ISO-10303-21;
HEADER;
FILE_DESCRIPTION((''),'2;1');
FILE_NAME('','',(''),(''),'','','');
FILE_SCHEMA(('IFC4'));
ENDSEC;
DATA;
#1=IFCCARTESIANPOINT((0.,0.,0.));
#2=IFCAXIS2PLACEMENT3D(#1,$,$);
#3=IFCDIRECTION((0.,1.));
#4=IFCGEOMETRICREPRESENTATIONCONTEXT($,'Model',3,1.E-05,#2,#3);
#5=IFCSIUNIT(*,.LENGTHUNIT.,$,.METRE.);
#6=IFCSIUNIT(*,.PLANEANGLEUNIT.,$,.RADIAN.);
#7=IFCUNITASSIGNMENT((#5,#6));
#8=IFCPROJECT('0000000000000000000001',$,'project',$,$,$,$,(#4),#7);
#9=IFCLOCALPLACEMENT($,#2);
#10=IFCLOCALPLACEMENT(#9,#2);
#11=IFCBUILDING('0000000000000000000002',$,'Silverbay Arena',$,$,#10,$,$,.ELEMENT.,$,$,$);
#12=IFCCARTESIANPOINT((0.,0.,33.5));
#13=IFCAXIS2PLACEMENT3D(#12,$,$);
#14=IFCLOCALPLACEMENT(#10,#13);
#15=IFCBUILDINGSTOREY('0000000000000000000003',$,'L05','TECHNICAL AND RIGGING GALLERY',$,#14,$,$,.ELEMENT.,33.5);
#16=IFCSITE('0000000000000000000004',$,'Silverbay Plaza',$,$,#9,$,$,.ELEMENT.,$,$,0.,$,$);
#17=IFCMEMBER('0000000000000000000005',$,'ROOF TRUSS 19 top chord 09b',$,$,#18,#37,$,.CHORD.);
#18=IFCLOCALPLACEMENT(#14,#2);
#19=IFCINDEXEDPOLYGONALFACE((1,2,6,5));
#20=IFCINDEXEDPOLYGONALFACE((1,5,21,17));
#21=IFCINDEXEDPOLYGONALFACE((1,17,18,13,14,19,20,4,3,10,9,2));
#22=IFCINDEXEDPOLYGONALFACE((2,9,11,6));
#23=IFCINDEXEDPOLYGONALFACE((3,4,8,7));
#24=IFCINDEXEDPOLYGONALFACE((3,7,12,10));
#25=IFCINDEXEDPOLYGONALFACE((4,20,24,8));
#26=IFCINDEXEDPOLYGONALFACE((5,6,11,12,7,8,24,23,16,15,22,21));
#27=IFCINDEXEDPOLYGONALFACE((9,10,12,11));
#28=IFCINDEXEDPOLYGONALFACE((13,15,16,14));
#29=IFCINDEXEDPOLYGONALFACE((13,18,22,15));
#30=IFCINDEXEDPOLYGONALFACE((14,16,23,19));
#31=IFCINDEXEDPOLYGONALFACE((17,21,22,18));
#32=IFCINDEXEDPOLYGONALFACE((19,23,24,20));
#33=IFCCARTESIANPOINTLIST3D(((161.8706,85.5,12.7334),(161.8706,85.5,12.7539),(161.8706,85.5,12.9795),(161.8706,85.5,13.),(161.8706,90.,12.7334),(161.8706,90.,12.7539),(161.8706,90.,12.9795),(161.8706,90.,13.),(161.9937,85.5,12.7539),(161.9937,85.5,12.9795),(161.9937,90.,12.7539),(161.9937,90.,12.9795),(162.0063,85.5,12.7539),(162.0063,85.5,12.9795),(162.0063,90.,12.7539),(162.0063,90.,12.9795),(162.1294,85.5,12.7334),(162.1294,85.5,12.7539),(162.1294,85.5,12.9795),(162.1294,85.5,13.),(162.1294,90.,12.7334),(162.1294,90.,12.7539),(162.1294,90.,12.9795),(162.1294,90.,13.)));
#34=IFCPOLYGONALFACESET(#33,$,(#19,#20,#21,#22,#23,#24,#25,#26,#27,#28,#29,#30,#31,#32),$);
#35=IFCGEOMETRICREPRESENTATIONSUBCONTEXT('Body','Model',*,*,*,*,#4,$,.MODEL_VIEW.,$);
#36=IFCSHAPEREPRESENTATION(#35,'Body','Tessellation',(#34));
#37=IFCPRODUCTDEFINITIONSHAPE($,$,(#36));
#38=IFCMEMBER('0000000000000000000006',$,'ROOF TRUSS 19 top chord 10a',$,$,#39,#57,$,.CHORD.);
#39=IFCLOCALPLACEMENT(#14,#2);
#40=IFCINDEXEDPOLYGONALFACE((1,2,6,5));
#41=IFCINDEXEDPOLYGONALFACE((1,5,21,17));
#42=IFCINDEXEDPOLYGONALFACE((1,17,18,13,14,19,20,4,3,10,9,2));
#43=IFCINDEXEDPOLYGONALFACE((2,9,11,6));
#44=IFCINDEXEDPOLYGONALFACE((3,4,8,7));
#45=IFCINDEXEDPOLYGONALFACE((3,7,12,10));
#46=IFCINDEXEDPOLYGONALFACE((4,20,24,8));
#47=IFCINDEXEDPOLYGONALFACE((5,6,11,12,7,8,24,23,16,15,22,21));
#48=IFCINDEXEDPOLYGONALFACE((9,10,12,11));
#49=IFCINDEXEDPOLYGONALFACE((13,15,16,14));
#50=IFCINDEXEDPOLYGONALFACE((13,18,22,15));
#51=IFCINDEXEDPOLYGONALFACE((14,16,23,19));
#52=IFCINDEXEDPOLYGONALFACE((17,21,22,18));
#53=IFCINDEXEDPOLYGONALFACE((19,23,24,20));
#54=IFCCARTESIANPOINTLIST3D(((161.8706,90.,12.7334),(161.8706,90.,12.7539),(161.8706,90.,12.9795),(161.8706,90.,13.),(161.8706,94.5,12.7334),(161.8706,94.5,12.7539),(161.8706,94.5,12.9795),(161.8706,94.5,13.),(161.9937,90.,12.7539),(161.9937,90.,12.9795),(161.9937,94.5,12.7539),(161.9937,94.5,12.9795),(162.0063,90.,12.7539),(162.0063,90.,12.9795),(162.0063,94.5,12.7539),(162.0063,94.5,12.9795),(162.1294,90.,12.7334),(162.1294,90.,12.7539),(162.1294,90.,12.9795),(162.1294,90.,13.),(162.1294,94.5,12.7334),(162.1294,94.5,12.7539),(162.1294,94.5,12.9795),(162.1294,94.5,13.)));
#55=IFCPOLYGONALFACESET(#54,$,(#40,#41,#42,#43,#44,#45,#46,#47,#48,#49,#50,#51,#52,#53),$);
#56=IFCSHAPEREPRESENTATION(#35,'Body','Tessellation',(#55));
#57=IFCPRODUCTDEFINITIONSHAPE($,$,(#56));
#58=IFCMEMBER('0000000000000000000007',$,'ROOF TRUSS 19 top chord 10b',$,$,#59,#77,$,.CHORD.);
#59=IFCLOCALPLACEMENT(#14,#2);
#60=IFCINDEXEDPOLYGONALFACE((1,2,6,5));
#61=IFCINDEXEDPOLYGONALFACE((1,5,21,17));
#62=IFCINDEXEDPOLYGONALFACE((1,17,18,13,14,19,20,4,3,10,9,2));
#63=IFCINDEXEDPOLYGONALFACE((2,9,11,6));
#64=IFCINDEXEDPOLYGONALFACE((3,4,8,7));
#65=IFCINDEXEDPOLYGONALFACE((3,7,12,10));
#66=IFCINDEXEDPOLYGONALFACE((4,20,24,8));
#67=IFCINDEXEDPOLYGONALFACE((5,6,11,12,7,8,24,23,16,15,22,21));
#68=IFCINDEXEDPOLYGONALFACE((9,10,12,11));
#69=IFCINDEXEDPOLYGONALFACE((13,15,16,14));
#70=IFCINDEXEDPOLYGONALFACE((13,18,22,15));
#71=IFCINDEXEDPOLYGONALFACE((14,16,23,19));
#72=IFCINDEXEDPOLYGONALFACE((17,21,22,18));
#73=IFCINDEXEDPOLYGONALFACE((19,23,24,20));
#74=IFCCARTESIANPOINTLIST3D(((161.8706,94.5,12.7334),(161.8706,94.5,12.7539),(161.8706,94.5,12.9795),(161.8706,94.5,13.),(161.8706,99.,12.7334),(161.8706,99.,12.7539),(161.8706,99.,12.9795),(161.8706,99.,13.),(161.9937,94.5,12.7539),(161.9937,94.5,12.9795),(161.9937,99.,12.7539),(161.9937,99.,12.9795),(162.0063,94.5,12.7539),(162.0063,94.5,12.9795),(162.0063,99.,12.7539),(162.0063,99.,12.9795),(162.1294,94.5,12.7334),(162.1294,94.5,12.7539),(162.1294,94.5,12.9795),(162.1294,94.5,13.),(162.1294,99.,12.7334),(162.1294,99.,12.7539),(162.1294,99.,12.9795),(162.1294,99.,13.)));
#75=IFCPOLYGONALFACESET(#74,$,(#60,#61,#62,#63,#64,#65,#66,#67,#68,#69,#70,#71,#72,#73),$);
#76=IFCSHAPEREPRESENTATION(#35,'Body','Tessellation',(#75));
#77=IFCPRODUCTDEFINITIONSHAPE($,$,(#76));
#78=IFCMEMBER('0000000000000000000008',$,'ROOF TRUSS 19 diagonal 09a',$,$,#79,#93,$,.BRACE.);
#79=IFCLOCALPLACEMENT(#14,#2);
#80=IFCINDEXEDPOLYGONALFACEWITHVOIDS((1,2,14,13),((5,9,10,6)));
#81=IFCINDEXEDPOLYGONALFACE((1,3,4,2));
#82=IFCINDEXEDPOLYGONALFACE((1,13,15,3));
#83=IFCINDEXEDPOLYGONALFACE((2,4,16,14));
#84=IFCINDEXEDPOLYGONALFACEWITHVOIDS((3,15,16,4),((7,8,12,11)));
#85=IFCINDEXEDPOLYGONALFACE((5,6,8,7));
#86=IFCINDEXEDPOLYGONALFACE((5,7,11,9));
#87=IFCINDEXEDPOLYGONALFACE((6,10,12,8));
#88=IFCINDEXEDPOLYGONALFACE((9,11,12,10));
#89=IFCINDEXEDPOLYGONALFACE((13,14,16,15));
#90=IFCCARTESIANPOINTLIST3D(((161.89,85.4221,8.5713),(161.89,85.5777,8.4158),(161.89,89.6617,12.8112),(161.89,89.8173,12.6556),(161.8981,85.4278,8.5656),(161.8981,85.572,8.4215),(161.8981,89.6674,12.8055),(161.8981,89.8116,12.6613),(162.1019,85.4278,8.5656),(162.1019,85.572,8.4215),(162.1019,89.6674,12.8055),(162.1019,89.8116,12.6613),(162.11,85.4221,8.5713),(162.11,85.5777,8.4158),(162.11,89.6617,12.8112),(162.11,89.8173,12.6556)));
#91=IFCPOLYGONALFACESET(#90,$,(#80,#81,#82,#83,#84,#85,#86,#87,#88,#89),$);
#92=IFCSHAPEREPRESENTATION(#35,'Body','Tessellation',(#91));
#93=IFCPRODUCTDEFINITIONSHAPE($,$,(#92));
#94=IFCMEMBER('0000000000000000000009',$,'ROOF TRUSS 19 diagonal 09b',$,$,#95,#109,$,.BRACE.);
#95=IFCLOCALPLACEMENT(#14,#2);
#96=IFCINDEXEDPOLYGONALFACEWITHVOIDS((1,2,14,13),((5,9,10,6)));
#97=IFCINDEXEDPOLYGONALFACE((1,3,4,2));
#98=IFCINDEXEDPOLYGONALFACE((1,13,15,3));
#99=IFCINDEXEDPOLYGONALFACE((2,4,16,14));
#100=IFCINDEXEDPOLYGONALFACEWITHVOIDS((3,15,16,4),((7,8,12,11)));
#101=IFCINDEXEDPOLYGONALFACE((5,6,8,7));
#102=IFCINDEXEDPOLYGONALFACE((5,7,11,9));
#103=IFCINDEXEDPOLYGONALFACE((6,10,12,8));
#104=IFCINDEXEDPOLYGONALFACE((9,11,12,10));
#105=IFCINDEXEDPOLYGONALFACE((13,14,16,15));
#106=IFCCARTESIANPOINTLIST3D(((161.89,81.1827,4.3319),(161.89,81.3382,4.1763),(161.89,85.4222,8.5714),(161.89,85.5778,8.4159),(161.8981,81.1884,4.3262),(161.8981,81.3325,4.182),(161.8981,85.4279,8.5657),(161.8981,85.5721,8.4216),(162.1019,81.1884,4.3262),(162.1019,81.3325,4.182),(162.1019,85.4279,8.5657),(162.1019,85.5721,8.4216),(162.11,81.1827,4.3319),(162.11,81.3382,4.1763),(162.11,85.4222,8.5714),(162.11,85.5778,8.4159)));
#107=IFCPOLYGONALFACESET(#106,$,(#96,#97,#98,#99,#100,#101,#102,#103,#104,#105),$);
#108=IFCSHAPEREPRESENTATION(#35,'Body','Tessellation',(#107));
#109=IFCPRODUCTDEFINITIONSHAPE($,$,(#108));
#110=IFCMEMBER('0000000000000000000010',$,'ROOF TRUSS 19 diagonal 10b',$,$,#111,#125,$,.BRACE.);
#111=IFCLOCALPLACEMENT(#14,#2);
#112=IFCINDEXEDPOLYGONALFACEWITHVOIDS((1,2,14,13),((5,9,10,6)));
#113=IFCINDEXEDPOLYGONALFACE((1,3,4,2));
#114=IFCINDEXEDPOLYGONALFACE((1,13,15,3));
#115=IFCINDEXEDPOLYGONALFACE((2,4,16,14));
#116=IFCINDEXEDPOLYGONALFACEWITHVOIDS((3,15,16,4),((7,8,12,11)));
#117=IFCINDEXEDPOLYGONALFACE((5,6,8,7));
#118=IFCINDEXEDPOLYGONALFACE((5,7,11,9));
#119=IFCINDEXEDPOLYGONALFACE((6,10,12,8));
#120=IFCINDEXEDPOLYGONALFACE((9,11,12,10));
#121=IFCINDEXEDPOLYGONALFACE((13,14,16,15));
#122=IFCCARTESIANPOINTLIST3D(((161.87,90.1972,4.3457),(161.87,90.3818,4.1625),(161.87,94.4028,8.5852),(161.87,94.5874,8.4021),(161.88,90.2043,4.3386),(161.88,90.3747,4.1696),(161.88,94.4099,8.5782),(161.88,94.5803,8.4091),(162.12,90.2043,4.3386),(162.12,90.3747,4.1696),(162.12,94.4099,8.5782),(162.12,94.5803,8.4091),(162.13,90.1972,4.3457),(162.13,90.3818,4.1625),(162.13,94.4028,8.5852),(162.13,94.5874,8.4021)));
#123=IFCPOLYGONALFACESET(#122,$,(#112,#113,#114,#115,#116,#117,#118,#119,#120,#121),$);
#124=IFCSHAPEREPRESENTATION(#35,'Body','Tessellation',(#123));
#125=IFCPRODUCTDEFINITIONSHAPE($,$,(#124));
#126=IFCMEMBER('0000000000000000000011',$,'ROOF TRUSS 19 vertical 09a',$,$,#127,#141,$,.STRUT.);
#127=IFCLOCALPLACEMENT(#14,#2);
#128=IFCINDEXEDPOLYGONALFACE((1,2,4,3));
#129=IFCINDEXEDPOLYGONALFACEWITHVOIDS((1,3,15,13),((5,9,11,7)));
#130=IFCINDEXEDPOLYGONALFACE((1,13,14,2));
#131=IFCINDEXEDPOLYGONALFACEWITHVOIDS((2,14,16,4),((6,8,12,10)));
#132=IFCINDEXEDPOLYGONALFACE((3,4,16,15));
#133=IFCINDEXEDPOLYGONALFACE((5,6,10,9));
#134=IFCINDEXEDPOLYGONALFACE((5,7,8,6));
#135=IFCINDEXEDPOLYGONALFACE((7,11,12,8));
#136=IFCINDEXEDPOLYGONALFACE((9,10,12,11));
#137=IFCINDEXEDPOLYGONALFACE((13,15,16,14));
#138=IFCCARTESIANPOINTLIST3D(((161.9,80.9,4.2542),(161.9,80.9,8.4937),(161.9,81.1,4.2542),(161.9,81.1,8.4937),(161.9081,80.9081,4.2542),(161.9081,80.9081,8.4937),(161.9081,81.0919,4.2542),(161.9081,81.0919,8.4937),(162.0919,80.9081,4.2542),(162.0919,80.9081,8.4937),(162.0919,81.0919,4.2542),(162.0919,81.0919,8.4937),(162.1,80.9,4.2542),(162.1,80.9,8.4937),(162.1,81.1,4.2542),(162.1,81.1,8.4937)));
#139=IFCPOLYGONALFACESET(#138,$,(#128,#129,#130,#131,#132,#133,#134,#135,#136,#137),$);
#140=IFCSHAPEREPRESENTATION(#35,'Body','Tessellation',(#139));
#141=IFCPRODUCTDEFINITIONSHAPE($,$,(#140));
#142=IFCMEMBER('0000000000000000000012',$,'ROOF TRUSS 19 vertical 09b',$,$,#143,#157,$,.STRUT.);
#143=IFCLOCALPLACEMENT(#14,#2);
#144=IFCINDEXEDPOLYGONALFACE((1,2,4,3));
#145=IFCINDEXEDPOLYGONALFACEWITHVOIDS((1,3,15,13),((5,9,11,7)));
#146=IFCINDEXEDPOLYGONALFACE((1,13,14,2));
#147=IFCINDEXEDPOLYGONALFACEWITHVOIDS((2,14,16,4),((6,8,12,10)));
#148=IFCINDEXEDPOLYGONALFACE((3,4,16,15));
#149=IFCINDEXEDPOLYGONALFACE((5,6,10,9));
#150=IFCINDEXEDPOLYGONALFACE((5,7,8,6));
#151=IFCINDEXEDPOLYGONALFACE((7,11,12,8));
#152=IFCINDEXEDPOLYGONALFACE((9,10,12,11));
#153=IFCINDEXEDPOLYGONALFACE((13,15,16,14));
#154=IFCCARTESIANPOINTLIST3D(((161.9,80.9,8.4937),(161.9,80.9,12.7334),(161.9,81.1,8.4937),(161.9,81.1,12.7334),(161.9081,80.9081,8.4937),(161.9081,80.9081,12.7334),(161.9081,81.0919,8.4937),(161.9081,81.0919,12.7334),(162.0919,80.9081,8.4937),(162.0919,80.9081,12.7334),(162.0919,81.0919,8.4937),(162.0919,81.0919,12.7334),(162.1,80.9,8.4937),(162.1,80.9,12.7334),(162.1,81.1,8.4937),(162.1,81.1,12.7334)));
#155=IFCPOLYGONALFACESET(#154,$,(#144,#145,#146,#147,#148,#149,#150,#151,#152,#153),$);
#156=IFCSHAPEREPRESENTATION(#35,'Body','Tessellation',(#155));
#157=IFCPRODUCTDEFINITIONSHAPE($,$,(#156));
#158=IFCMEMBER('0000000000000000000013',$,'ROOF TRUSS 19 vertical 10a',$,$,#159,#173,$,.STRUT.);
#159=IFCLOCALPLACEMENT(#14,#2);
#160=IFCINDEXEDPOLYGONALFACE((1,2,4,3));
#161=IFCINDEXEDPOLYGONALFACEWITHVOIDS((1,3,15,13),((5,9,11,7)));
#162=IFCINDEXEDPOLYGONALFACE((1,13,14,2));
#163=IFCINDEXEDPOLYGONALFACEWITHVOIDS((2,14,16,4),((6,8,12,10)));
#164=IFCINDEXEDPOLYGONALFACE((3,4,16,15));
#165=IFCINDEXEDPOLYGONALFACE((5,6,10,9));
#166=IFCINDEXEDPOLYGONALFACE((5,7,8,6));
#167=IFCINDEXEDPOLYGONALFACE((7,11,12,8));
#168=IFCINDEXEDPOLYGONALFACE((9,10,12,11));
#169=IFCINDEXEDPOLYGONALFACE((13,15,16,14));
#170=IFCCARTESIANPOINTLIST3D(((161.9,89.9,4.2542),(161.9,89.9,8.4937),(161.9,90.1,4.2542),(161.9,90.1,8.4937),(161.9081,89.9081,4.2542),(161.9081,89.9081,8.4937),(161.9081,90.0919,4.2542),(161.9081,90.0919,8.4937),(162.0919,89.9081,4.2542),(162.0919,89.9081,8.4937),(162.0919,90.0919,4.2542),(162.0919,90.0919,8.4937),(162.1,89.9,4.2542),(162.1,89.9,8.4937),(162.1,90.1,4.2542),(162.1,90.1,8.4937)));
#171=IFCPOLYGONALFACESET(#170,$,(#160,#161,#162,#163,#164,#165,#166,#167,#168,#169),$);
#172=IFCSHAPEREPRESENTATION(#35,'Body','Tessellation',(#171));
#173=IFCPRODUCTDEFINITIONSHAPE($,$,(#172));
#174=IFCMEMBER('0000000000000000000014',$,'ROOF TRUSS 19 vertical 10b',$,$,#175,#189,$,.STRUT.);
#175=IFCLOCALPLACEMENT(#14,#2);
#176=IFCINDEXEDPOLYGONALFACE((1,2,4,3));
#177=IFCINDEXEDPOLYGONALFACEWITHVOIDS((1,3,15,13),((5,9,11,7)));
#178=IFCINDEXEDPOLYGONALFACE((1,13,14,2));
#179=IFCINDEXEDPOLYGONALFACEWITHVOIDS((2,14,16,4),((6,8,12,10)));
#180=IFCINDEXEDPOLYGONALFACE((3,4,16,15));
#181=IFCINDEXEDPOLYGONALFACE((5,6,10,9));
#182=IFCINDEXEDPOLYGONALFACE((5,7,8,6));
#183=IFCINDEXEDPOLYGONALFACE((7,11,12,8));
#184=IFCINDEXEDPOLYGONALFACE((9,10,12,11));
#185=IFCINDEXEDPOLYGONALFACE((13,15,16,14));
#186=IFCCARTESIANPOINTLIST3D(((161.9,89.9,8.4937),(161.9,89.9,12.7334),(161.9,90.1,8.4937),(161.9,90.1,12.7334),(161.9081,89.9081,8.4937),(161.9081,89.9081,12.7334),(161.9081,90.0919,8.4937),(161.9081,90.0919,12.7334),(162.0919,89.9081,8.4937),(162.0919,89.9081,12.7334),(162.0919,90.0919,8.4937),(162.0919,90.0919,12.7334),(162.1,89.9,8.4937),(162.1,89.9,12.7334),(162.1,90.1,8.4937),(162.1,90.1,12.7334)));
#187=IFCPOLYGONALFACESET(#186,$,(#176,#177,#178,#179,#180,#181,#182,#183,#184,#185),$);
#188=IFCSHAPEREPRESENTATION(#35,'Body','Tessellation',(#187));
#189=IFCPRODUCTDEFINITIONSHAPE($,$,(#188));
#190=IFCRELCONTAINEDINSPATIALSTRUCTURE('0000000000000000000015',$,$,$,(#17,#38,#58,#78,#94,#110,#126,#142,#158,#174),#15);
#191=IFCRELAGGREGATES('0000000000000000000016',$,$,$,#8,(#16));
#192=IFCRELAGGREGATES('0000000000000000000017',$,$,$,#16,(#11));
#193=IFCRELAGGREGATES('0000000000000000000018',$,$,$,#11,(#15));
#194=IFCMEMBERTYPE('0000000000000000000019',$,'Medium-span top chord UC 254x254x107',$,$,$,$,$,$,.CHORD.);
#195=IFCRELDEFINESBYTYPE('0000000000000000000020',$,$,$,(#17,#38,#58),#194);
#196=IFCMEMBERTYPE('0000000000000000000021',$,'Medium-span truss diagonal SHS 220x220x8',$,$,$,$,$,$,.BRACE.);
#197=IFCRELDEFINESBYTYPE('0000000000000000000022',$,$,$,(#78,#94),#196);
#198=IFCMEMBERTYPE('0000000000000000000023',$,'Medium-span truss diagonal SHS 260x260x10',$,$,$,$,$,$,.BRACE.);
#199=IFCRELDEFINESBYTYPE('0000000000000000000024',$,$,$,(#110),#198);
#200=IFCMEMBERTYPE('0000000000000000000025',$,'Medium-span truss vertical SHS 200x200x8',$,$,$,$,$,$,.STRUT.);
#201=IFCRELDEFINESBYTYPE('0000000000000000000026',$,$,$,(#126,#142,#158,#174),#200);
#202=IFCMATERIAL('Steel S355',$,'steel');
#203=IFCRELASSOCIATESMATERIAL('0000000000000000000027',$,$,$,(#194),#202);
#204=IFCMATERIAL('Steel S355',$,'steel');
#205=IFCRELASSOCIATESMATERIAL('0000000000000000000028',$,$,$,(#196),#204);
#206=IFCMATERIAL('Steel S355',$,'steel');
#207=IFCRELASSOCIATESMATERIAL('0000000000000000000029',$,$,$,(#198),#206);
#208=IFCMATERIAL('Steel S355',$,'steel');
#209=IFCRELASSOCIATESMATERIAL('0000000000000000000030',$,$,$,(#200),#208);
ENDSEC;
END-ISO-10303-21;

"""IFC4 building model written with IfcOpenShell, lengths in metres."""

from ifc_helpers import new_model, si_unit, direction, frame, origin, origin_2d, place, context, subcontext, project, spatial, hollow_rectangle, i_section, extrude, material, material_profile, profile_set, type_object, element, save


model = new_model("IFC4")

# Units and contexts
model_context = context("Model", 3, precision=1e-05, world=origin(), true_north=direction((0.0, 1.0)))
body_context = subcontext(model_context, "Body", "Model", "MODEL_VIEW")
ifc_project = project(units=[si_unit("LENGTHUNIT", "METRE"), si_unit("PLANEANGLEUNIT", "RADIAN")], contexts=[model_context])

# Site, building, storey
site_placement = place(None, origin())
site = spatial("IfcSite", under=ifc_project, at=site_placement, Name="Silverbay Plaza", CompositionType="ELEMENT", RefElevation=0.0)
building_placement = place(site_placement, origin())
building = spatial("IfcBuilding", under=site, at=building_placement, Name="Silverbay Arena", CompositionType="ELEMENT")
storey_placement = place(building_placement, frame((0.0, 0.0, 33.5)))
storey = spatial("IfcBuildingStorey", under=building, at=storey_placement, Name="L05", Description="TECHNICAL AND RIGGING GALLERY", CompositionType="ELEMENT", Elevation=33.5)

# Members
ifc_material_1 = material(Name="Steel S355", Category="steel")
ifc_material_profile_1 = material_profile(ifc_material_1, i_section(OverallWidth=0.2588, OverallDepth=0.2666, WebThickness=0.0127, FlangeThickness=0.0205, at=origin_2d()), Name="UC 254x254x107")
ifc_profile_set_1 = profile_set([ifc_material_profile_1], Name="Steel S355")
member_type_1 = type_object("IfcMemberType", Name="Medium-span top chord UC 254x254x107", PredefinedType="CHORD", material=ifc_profile_set_1)
for number, where, z_axis, x_axis, name in (
    (1, (162.0, 85.5, 12.8667), (0.0, 1.0, 0.0), (-1.0, 0.0, 0.0), "ROOF TRUSS 19 top chord 09b"),
    (2, (162.0, 90.0, 12.8667), (0.0, 1.0, 0.0), (-1.0, 0.0, 0.0), "ROOF TRUSS 19 top chord 10a"),
    (3, (162.0, 94.5, 12.8667), (0.0, 1.0, 0.0), (-1.0, 0.0, 0.0), "ROOF TRUSS 19 top chord 10b"),
):
    element("IfcMember", number, at=place(storey_placement, frame(where, z_axis=z_axis, x_axis=x_axis)), inside=storey, type_object=member_type_1, Name=name, PredefinedType="CHORD", context=body_context, shape_type="SweptSolid", body=[
        extrude(i_section(OverallWidth=0.2588, OverallDepth=0.2666, WebThickness=0.0127, FlangeThickness=0.0205, at=origin_2d()), origin(), (0.0, 0.0, 1.0), 4.5),
    ])
ifc_material_2 = material(Name="Steel S355", Category="steel")
ifc_material_profile_2 = material_profile(ifc_material_2, hollow_rectangle(XDim=0.22, YDim=0.22, WallThickness=0.0081, at=origin_2d()), Name="SHS 220x220x8")
ifc_profile_set_2 = profile_set([ifc_material_profile_2], Name="Steel S355")
member_type_2 = type_object("IfcMemberType", Name="Medium-span truss diagonal SHS 220x220x8", PredefinedType="BRACE", material=ifc_profile_set_2)
member_1_placement = place(storey_placement, frame((162.0, 89.7395, 12.7334), z_axis=(0.0, -0.707086, -0.707127), x_axis=(1.0, 0.0, 0.0)))
element("IfcMember", 4, at=member_1_placement, inside=storey, type_object=member_type_2, Name="ROOF TRUSS 19 diagonal 09a", PredefinedType="BRACE", context=body_context, shape_type="SweptSolid", body=[
    extrude(hollow_rectangle(XDim=0.22, YDim=0.22, WallThickness=0.0081, at=origin_2d()), origin(), (0.0, 0.0, 1.0), 5.9958),
])
member_2_placement = place(storey_placement, frame((162.0, 85.5, 8.4937), z_axis=(0.0, -0.707107, -0.707107), x_axis=(1.0, 0.0, 0.0)))
element("IfcMember", 5, at=member_2_placement, inside=storey, type_object=member_type_2, Name="ROOF TRUSS 19 diagonal 09b", PredefinedType="BRACE", context=body_context, shape_type="SweptSolid", body=[
    extrude(hollow_rectangle(XDim=0.22, YDim=0.22, WallThickness=0.0081, at=origin_2d()), origin(), (0.0, 0.0, 1.0), 5.9956),
])
ifc_material_3 = material(Name="Steel S355", Category="steel")
ifc_material_profile_3 = material_profile(ifc_material_3, hollow_rectangle(XDim=0.26, YDim=0.26, WallThickness=0.01, at=origin_2d()), Name="SHS 260x260x10")
ifc_profile_set_3 = profile_set([ifc_material_profile_3], Name="Steel S355")
member_type_3 = type_object("IfcMemberType", Name="Medium-span truss diagonal SHS 260x260x10", PredefinedType="BRACE", material=ifc_profile_set_3)
member_3_placement = place(storey_placement, frame((162.0, 94.4951, 8.4937), z_axis=(0.0, -0.70426, -0.709942), x_axis=(1.0, 0.0, 0.0)))
element("IfcMember", 6, at=member_3_placement, inside=storey, type_object=member_type_3, Name="ROOF TRUSS 19 diagonal 10b", PredefinedType="BRACE", context=body_context, shape_type="SweptSolid", body=[
    extrude(hollow_rectangle(XDim=0.26, YDim=0.26, WallThickness=0.01, at=origin_2d()), origin(), (0.0, 0.0, 1.0), 5.9717),
])
ifc_material_4 = material(Name="Steel S355", Category="steel")
ifc_material_profile_4 = material_profile(ifc_material_4, hollow_rectangle(XDim=0.2, YDim=0.2, WallThickness=0.0081, at=origin_2d()), Name="SHS 200x200x8")
ifc_profile_set_4 = profile_set([ifc_material_profile_4], Name="Steel S355")
member_type_4 = type_object("IfcMemberType", Name="Medium-span truss vertical SHS 200x200x8", PredefinedType="STRUT", material=ifc_profile_set_4)
member_4_placement = place(storey_placement, frame((162.0, 81.0, 4.2542), z_axis=(0.0, 0.0, 1.0), x_axis=(1.0, 0.0, 0.0)))
element("IfcMember", 7, at=member_4_placement, inside=storey, type_object=member_type_4, Name="ROOF TRUSS 19 vertical 09a", PredefinedType="STRUT", context=body_context, shape_type="SweptSolid", body=[
    extrude(hollow_rectangle(XDim=0.2, YDim=0.2, WallThickness=0.0081, at=origin_2d()), origin(), (0.0, 0.0, 1.0), 4.2395),
])
member_5_placement = place(storey_placement, frame((162.0, 81.0, 8.4937), z_axis=(0.0, 0.0, 1.0), x_axis=(1.0, 0.0, 0.0)))
element("IfcMember", 8, at=member_5_placement, inside=storey, type_object=member_type_4, Name="ROOF TRUSS 19 vertical 09b", PredefinedType="STRUT", context=body_context, shape_type="SweptSolid", body=[
    extrude(hollow_rectangle(XDim=0.2, YDim=0.2, WallThickness=0.0081, at=origin_2d()), origin(), (0.0, 0.0, 1.0), 4.2397),
])
member_6_placement = place(storey_placement, frame((162.0, 90.0, 4.2542), z_axis=(0.0, 0.0, 1.0), x_axis=(1.0, 0.0, 0.0)))
element("IfcMember", 9, at=member_6_placement, inside=storey, type_object=member_type_4, Name="ROOF TRUSS 19 vertical 10a", PredefinedType="STRUT", context=body_context, shape_type="SweptSolid", body=[
    extrude(hollow_rectangle(XDim=0.2, YDim=0.2, WallThickness=0.0081, at=origin_2d()), origin(), (0.0, 0.0, 1.0), 4.2395),
])
member_7_placement = place(storey_placement, frame((162.0, 90.0, 8.4937), z_axis=(0.0, 0.0, 1.0), x_axis=(1.0, 0.0, 0.0)))
element("IfcMember", 10, at=member_7_placement, inside=storey, type_object=member_type_4, Name="ROOF TRUSS 19 vertical 10b", PredefinedType="STRUT", context=body_context, shape_type="SweptSolid", body=[
    extrude(hollow_rectangle(XDim=0.2, YDim=0.2, WallThickness=0.0081, at=origin_2d()), origin(), (0.0, 0.0, 1.0), 4.2397),
])

save(model, "model.ifc")
